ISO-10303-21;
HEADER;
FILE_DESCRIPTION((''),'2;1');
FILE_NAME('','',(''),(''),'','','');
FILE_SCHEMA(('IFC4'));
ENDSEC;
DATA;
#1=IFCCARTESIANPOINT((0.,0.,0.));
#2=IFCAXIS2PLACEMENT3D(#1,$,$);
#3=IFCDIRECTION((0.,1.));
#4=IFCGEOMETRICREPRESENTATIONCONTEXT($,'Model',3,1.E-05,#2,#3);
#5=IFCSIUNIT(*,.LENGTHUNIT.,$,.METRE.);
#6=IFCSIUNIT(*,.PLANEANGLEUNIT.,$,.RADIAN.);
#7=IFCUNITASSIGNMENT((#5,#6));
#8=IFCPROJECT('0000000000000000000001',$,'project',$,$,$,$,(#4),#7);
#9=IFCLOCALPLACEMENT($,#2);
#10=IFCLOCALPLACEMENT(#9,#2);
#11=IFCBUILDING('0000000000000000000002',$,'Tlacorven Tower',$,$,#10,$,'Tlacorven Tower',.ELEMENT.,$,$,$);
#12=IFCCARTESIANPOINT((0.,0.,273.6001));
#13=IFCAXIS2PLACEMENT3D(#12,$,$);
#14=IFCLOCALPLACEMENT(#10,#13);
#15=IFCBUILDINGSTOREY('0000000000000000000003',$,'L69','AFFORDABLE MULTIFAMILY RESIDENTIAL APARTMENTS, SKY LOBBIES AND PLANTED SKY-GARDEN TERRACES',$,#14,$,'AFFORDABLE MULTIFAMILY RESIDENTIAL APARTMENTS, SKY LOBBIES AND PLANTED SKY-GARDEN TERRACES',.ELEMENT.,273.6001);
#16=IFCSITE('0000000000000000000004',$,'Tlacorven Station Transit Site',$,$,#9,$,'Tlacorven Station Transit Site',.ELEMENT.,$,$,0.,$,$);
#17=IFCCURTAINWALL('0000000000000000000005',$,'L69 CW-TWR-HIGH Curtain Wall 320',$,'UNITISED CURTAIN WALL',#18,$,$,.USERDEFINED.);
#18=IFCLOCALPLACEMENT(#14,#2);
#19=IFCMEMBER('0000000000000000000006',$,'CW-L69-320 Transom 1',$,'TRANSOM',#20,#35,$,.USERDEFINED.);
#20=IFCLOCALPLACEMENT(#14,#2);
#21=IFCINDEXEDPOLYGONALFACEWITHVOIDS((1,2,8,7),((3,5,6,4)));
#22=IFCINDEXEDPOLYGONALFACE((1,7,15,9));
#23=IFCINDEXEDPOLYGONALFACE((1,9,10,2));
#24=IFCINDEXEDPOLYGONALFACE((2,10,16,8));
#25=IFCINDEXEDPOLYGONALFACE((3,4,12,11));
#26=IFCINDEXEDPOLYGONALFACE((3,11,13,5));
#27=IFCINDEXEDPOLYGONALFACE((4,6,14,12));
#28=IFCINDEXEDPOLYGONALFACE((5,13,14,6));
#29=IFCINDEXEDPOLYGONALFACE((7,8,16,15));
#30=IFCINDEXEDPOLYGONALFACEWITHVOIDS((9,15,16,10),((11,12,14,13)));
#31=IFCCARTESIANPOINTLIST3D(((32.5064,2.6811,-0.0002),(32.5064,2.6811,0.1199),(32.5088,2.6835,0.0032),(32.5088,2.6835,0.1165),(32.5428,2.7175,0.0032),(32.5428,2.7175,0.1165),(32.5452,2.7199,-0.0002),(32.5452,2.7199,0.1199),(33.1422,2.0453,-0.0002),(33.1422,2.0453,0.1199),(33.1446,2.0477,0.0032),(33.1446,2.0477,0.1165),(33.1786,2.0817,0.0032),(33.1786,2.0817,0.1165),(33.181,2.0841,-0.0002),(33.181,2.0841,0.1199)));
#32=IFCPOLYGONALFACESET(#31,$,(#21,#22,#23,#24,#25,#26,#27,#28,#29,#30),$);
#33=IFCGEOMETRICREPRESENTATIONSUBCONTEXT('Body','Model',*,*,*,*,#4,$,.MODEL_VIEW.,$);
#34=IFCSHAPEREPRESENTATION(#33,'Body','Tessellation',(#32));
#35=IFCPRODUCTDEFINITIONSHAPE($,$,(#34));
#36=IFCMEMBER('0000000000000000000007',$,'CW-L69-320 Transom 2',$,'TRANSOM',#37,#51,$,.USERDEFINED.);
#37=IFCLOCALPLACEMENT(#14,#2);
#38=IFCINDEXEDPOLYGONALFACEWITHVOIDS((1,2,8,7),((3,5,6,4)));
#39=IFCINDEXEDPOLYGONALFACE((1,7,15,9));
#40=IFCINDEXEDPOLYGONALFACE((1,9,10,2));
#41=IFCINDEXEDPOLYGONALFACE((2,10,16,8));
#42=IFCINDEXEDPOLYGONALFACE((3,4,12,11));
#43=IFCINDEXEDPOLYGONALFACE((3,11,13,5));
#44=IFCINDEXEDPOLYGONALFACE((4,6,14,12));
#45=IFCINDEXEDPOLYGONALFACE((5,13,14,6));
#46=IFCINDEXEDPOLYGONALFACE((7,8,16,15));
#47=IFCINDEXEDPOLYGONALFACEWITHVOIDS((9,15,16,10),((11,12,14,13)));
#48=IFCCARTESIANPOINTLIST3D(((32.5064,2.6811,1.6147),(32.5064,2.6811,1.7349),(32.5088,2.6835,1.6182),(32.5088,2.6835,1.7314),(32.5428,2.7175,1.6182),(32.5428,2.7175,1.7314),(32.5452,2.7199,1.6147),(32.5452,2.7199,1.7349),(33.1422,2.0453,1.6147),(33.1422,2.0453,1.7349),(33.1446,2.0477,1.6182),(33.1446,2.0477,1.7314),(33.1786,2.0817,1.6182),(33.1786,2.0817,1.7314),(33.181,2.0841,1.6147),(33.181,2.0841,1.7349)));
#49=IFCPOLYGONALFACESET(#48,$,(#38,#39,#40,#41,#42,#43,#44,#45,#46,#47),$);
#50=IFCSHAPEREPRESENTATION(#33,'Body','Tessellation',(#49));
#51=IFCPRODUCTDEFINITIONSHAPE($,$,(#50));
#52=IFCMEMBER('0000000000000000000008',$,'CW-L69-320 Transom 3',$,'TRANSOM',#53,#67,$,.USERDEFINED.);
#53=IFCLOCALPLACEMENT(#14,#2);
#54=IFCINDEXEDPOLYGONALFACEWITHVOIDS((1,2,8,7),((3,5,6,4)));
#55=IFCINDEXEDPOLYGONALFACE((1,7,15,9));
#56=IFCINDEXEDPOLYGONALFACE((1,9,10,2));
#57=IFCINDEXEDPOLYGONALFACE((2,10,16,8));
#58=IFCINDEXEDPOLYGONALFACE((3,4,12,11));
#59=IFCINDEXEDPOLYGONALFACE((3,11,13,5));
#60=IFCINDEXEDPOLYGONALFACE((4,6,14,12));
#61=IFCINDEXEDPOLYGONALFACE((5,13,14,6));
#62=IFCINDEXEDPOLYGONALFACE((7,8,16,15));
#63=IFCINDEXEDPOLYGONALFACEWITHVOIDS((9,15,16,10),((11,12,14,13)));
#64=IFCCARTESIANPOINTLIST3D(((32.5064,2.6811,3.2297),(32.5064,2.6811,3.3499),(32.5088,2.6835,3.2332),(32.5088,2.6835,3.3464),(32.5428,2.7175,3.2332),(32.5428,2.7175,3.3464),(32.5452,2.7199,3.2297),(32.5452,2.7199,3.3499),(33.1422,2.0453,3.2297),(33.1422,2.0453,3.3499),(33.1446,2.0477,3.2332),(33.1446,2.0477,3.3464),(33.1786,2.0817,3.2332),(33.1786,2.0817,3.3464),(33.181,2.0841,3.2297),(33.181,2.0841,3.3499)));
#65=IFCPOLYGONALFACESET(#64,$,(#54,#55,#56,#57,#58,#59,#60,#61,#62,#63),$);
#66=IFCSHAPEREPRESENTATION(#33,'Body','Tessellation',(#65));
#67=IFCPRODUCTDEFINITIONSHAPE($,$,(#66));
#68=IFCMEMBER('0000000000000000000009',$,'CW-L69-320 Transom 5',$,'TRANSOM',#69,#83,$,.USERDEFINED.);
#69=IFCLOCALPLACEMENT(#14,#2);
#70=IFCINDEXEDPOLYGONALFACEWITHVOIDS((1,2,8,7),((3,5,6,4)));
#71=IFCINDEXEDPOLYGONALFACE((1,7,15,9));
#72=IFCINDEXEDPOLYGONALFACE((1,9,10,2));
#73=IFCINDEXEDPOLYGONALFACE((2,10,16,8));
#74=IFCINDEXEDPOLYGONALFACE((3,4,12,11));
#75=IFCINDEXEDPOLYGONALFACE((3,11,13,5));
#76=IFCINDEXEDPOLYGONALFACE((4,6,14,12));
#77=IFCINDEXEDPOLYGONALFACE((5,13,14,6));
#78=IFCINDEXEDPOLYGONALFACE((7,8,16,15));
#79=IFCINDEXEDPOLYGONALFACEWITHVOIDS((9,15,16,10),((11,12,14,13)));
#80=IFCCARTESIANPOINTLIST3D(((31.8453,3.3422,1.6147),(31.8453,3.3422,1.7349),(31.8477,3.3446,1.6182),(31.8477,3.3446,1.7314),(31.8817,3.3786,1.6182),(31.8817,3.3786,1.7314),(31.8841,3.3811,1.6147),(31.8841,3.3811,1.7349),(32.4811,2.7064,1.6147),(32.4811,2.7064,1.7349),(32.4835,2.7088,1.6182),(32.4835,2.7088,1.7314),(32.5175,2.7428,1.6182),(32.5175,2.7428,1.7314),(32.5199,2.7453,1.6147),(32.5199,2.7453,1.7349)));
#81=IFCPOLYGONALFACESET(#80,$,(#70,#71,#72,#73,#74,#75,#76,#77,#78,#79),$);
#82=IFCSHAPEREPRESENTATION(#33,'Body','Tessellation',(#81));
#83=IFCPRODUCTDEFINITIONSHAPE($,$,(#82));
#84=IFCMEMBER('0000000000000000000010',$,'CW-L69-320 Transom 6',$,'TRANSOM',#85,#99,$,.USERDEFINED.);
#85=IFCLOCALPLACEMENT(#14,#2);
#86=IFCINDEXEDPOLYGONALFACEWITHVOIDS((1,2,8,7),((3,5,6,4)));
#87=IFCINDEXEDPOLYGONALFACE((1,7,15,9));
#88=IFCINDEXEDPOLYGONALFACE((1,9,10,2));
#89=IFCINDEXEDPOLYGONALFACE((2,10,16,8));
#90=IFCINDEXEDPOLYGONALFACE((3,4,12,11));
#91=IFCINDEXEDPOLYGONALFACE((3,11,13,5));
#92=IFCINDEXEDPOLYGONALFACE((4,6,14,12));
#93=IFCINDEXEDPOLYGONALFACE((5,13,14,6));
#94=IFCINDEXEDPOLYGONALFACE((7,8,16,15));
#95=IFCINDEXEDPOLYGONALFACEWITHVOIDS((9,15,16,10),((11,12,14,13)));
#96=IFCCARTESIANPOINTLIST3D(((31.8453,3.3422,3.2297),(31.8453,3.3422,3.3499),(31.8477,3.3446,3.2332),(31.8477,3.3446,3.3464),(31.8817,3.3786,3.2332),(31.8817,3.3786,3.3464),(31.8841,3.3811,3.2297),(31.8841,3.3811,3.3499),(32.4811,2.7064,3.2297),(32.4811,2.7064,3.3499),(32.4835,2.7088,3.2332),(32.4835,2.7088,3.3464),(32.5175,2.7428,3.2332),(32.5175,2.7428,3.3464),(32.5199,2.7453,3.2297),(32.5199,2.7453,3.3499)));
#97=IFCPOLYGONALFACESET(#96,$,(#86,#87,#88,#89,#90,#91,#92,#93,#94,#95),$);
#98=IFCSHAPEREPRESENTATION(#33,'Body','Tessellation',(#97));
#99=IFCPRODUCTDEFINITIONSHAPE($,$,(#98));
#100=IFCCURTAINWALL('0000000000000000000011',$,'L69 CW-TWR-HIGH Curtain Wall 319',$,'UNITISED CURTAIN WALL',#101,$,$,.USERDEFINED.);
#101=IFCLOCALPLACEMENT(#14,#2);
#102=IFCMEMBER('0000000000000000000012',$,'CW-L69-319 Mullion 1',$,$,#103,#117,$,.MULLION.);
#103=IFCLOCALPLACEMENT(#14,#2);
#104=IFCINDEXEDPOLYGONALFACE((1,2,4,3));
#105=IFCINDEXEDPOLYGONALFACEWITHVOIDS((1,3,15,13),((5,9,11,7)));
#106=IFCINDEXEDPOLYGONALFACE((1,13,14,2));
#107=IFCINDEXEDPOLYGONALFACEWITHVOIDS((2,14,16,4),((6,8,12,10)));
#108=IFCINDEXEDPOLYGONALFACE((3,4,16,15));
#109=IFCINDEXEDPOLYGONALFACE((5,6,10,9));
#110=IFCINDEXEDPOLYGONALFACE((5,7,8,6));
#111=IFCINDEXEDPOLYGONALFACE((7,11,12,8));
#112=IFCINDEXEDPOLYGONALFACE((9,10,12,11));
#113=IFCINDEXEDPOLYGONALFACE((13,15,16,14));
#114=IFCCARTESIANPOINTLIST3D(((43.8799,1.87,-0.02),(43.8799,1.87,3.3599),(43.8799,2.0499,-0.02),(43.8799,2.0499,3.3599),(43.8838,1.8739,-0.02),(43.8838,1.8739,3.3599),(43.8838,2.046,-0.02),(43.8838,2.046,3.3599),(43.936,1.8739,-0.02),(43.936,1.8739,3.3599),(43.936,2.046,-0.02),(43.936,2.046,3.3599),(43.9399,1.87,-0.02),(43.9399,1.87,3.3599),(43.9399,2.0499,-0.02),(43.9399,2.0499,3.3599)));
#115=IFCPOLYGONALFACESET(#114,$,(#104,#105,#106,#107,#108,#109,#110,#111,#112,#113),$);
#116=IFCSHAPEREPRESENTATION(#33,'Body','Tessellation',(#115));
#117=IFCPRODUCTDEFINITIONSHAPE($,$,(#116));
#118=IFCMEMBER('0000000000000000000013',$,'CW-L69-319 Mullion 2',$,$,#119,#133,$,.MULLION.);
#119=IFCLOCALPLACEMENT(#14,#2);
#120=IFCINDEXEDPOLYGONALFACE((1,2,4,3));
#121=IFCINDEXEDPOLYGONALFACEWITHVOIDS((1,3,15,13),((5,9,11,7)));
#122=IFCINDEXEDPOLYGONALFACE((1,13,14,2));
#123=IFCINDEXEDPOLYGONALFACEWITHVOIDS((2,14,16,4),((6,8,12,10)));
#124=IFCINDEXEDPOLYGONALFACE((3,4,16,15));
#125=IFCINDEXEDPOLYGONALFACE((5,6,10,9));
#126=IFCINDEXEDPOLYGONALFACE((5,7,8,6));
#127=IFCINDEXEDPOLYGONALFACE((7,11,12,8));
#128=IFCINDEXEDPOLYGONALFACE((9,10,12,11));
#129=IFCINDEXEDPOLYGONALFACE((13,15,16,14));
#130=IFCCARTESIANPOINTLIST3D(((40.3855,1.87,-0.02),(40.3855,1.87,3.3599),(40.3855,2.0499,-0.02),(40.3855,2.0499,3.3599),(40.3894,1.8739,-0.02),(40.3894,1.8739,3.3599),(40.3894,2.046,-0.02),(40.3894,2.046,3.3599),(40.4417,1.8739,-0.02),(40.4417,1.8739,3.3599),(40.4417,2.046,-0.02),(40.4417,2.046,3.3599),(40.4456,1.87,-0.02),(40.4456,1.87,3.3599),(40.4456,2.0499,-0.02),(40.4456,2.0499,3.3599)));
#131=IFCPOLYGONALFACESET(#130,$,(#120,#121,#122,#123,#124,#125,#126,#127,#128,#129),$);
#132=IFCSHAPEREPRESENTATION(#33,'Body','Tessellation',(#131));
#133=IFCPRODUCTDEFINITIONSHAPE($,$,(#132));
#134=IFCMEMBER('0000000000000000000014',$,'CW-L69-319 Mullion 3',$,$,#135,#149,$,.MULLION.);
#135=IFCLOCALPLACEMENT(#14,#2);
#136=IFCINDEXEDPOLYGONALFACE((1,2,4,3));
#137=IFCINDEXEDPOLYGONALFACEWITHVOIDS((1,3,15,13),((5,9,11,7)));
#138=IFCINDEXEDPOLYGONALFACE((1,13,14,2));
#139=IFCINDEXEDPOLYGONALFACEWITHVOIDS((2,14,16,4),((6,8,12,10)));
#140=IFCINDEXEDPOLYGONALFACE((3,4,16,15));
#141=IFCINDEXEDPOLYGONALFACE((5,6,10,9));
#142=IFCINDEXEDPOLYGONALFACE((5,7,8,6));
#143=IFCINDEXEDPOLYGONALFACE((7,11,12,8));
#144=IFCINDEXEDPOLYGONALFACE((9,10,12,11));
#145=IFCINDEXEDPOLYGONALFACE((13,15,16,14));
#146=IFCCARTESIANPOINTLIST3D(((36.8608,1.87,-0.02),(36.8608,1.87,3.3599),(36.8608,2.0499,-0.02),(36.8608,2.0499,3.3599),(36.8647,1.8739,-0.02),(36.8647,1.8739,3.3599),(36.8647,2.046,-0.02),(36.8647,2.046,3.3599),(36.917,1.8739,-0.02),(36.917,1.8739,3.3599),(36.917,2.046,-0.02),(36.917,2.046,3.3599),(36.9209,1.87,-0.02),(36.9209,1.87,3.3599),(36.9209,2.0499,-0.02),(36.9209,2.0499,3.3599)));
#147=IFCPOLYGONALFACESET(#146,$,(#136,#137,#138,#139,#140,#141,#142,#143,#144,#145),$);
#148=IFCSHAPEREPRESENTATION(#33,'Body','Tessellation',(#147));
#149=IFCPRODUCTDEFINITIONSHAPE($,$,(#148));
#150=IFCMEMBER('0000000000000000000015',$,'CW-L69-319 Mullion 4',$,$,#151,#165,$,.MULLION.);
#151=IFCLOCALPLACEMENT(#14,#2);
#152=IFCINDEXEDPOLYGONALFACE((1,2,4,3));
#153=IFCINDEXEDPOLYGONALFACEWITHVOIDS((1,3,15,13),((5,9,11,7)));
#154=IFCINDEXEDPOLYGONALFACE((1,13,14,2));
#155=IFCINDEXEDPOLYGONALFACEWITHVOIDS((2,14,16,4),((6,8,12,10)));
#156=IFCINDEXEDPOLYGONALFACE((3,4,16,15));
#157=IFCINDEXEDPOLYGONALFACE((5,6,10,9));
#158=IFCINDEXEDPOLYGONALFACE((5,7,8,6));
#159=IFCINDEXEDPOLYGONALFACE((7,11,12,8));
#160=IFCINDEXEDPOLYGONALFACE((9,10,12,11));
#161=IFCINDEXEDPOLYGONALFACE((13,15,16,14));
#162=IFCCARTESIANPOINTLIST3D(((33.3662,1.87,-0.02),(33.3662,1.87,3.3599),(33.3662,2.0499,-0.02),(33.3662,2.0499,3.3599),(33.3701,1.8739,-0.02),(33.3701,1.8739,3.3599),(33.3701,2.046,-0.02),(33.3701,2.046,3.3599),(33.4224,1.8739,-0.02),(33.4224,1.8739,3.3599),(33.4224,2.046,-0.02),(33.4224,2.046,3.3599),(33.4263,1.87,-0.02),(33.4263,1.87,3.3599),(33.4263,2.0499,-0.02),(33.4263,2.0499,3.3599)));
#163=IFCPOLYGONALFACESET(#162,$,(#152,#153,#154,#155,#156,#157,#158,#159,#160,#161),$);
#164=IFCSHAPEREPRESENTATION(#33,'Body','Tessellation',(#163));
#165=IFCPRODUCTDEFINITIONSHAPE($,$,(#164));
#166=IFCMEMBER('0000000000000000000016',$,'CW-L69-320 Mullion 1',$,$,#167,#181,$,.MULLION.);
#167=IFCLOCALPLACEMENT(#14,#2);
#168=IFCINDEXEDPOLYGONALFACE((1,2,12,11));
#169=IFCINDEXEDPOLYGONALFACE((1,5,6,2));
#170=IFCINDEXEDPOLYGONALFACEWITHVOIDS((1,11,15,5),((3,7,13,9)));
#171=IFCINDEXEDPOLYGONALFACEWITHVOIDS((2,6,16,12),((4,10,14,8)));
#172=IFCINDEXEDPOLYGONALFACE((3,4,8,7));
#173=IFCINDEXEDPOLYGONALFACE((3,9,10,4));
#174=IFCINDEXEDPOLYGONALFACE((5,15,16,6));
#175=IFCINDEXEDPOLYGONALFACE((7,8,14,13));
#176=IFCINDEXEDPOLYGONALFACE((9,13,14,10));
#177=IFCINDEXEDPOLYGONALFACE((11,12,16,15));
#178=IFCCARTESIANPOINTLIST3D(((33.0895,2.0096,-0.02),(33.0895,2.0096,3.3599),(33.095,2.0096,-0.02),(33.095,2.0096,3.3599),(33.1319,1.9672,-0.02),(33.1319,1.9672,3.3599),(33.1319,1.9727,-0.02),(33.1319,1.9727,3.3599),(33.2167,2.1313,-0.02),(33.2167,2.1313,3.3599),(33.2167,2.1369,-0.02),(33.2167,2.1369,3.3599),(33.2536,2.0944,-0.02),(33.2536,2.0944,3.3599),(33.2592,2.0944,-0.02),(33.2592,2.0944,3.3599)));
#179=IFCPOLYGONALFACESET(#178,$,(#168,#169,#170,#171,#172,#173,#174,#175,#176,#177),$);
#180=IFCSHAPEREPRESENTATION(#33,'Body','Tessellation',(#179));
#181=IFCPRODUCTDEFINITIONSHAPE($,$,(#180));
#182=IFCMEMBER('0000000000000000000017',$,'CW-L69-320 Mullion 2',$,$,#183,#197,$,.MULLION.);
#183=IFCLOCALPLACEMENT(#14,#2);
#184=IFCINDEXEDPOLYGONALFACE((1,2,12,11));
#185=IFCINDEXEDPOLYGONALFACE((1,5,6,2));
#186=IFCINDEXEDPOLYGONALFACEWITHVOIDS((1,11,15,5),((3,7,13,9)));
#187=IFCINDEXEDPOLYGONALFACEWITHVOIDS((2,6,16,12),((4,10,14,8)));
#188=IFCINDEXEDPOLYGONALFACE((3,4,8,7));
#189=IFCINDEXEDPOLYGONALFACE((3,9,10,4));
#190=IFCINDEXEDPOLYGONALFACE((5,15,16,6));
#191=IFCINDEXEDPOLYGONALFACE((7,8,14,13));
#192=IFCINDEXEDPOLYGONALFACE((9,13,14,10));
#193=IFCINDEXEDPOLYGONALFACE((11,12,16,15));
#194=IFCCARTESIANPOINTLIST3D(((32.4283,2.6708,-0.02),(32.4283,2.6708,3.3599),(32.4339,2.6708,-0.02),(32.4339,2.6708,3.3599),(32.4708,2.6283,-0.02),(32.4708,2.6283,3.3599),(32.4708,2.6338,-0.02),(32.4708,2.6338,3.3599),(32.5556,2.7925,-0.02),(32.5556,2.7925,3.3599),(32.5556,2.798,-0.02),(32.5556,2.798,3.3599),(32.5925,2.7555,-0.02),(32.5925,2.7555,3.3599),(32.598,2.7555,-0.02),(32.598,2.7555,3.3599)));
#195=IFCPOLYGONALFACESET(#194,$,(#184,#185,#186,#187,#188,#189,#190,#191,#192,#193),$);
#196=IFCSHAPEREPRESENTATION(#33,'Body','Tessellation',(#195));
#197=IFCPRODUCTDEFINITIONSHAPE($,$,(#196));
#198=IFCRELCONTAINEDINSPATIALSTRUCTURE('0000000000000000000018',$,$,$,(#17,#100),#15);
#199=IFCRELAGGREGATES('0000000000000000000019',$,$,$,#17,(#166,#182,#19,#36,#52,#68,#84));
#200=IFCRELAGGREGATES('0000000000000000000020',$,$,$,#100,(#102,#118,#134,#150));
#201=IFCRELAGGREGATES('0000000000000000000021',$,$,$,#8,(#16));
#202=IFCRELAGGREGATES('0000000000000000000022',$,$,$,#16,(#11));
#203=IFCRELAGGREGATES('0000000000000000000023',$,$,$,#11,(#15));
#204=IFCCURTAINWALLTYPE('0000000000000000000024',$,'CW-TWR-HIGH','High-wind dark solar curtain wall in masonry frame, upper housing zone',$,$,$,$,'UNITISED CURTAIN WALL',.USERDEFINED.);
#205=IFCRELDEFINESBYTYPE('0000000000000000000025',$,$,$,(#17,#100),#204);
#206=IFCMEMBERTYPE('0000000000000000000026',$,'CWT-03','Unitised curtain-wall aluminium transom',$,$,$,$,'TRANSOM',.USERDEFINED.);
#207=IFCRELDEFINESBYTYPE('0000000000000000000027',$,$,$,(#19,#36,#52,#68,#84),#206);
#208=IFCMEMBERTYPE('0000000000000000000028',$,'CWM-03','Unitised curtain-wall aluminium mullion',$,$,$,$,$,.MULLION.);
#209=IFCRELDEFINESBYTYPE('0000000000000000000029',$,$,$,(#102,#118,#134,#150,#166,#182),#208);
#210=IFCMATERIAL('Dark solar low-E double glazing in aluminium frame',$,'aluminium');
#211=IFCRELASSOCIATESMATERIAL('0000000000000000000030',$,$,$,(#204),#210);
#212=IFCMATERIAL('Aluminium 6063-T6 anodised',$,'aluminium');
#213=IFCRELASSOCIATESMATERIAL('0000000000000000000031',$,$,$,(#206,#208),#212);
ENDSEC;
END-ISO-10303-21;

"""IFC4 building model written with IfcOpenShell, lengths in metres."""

from ifc_helpers import new_model, si_unit, direction, frame, origin, origin_2d, place, context, subcontext, project, spatial, hollow_rectangle, extrude, source, transform, mapped, material, material_profile, profile_set, type_object, element, aggregate, save


model = new_model("IFC4")

# Units and contexts
model_context = context("Model", 3, precision=1e-05, world=origin(), true_north=direction((0.0, 1.0)))
body_context = subcontext(model_context, "Body", "Model", "MODEL_VIEW")
ifc_project = project(units=[si_unit("LENGTHUNIT", "METRE"), si_unit("PLANEANGLEUNIT", "RADIAN")], contexts=[model_context])

# Site, building, storey
site_placement = place(None, origin())
site = spatial("IfcSite", under=ifc_project, at=site_placement, Name="Tlacorven Station Transit Site", LongName="Tlacorven Station Transit Site", CompositionType="ELEMENT", RefElevation=0.0)
building_placement = place(site_placement, origin())
building = spatial("IfcBuilding", under=site, at=building_placement, Name="Tlacorven Tower", LongName="Tlacorven Tower", CompositionType="ELEMENT")
storey_placement = place(building_placement, frame((0.0, 0.0, 273.6001)))
storey = spatial("IfcBuildingStorey", under=building, at=storey_placement, Name="L69", Description="AFFORDABLE MULTIFAMILY RESIDENTIAL APARTMENTS, SKY LOBBIES AND PLANTED SKY-GARDEN TERRACES", LongName="AFFORDABLE MULTIFAMILY RESIDENTIAL APARTMENTS, SKY LOBBIES AND PLANTED SKY-GARDEN TERRACES", CompositionType="ELEMENT", Elevation=273.6001)

# Curtain walls, members
ifc_material_1 = material(Name="Dark solar low-E double glazing in aluminium frame", Category="aluminium")
curtain_wall_type = type_object("IfcCurtainWallType", Name="CW-TWR-HIGH", Description="High-wind dark solar curtain wall in masonry frame, upper housing zone", ElementType="UNITISED CURTAIN WALL", PredefinedType="USERDEFINED", material=ifc_material_1)
curtain_wall_1_placement = place(storey_placement, origin())
curtain_wall_1 = element("IfcCurtainWall", 1, at=curtain_wall_1_placement, inside=storey, type_object=curtain_wall_type, Name="L69 CW-TWR-HIGH Curtain Wall 320", ObjectType="UNITISED CURTAIN WALL", PredefinedType="USERDEFINED")
ifc_material_2 = material(Name="Aluminium 6063-T6 anodised", Category="aluminium")
ifc_material_profile_1 = material_profile(ifc_material_2, hollow_rectangle(XDim=0.0549, YDim=0.1201, WallThickness=0.0034, at=origin_2d()), Name="ALU TRANSOM 55X120")
ifc_profile_set_1 = profile_set([ifc_material_profile_1], Name="Aluminium 6063-T6 anodised")
member_type_1 = type_object("IfcMemberType", Name="CWT-03", Description="Unitised curtain-wall aluminium transom", ElementType="TRANSOM", PredefinedType="USERDEFINED", material=ifc_profile_set_1)
shared_shape_1 = source(origin(), body_context, "Body", "SweptSolid", [
    extrude(hollow_rectangle(XDim=0.0549, YDim=0.1201, WallThickness=0.0034, at=origin_2d()), origin(), (0.0, 0.0, 1.0), 0.8992),
])
member_1_placement = place(storey_placement, frame((33.1616, 2.0647, 0.0598), z_axis=(-0.707107, 0.707107, 0.0), x_axis=(-0.707107, -0.707107, 0.0)))
member_1 = element("IfcMember", 2, at=member_1_placement, type_object=member_type_1, Name="CW-L69-320 Transom 1", ObjectType="TRANSOM", PredefinedType="USERDEFINED", context=body_context, shape_type="MappedRepresentation", body=[
    mapped(shared_shape_1, transform((0.0, 0.0, 0.0), scale=1.0)),
])
member_2_placement = place(storey_placement, frame((33.1616, 2.0647, 1.6748), z_axis=(-0.707107, 0.707107, 0.0), x_axis=(-0.707107, -0.707107, 0.0)))
member_2 = element("IfcMember", 3, at=member_2_placement, type_object=member_type_1, Name="CW-L69-320 Transom 2", ObjectType="TRANSOM", PredefinedType="USERDEFINED", context=body_context, shape_type="MappedRepresentation", body=[
    mapped(shared_shape_1, transform((0.0, 0.0, 0.0), scale=1.0)),
])
member_3_placement = place(storey_placement, frame((33.1616, 2.0647, 3.2898), z_axis=(-0.707107, 0.707107, 0.0), x_axis=(-0.707107, -0.707107, 0.0)))
member_3 = element("IfcMember", 4, at=member_3_placement, type_object=member_type_1, Name="CW-L69-320 Transom 3", ObjectType="TRANSOM", PredefinedType="USERDEFINED", context=body_context, shape_type="MappedRepresentation", body=[
    mapped(shared_shape_1, transform((0.0, 0.0, 0.0), scale=1.0)),
])
member_4_placement = place(storey_placement, frame((32.5005, 2.7258, 1.6748), z_axis=(-0.707107, 0.707107, 0.0), x_axis=(-0.707107, -0.707107, 0.0)))
member_4 = element("IfcMember", 5, at=member_4_placement, type_object=member_type_1, Name="CW-L69-320 Transom 5", ObjectType="TRANSOM", PredefinedType="USERDEFINED", context=body_context, shape_type="MappedRepresentation", body=[
    mapped(shared_shape_1, transform((0.0, 0.0, 0.0), scale=1.0)),
])
member_5_placement = place(storey_placement, frame((32.5005, 2.7258, 3.2898), z_axis=(-0.707107, 0.707107, 0.0), x_axis=(-0.707107, -0.707107, 0.0)))
member_5 = element("IfcMember", 6, at=member_5_placement, type_object=member_type_1, Name="CW-L69-320 Transom 6", ObjectType="TRANSOM", PredefinedType="USERDEFINED", context=body_context, shape_type="MappedRepresentation", body=[
    mapped(shared_shape_1, transform((0.0, 0.0, 0.0), scale=1.0)),
])
curtain_wall_2_placement = place(storey_placement, origin())
curtain_wall_2 = element("IfcCurtainWall", 7, at=curtain_wall_2_placement, inside=storey, type_object=curtain_wall_type, Name="L69 CW-TWR-HIGH Curtain Wall 319", ObjectType="UNITISED CURTAIN WALL", PredefinedType="USERDEFINED")
ifc_material_profile_2 = material_profile(ifc_material_2, hollow_rectangle(XDim=0.0601, YDim=0.1799, WallThickness=0.0039, at=origin_2d()), Name="ALU MULLION 60X180")
ifc_profile_set_2 = profile_set([ifc_material_profile_2], Name="Aluminium 6063-T6 anodised")
member_type_2 = type_object("IfcMemberType", Name="CWM-03", Description="Unitised curtain-wall aluminium mullion", PredefinedType="MULLION", material=ifc_profile_set_2)
shared_shape_2 = source(origin(), body_context, "Body", "SweptSolid", [
    extrude(hollow_rectangle(XDim=0.0601, YDim=0.1799, WallThickness=0.0039, at=origin_2d()), origin(), (0.0, 0.0, 1.0), 3.3799),
])
member_6_placement = place(storey_placement, frame((43.9099, 1.96, -0.02), z_axis=(0.0, 0.0, 1.0), x_axis=(-1.0, 0.0, 0.0)))
member_6 = element("IfcMember", 8, at=member_6_placement, type_object=member_type_2, Name="CW-L69-319 Mullion 1", PredefinedType="MULLION", context=body_context, shape_type="MappedRepresentation", body=[
    mapped(shared_shape_2, transform((0.0, 0.0, 0.0), scale=1.0)),
])
member_7_placement = place(storey_placement, frame((40.4155, 1.96, -0.02), z_axis=(0.0, 0.0, 1.0), x_axis=(-1.0, 0.0, 0.0)))
member_7 = element("IfcMember", 9, at=member_7_placement, type_object=member_type_2, Name="CW-L69-319 Mullion 2", PredefinedType="MULLION", context=body_context, shape_type="MappedRepresentation", body=[
    mapped(shared_shape_2, transform((0.0, 0.0, 0.0), scale=1.0)),
])
member_8_placement = place(storey_placement, frame((36.8909, 1.96, -0.02), z_axis=(0.0, 0.0, 1.0), x_axis=(-1.0, 0.0, 0.0)))
member_8 = element("IfcMember", 10, at=member_8_placement, type_object=member_type_2, Name="CW-L69-319 Mullion 3", PredefinedType="MULLION", context=body_context, shape_type="MappedRepresentation", body=[
    mapped(shared_shape_2, transform((0.0, 0.0, 0.0), scale=1.0)),
])
member_9_placement = place(storey_placement, frame((33.3962, 1.96, -0.02), z_axis=(0.0, 0.0, 1.0), x_axis=(-1.0, 0.0, 0.0)))
member_9 = element("IfcMember", 11, at=member_9_placement, type_object=member_type_2, Name="CW-L69-319 Mullion 4", PredefinedType="MULLION", context=body_context, shape_type="MappedRepresentation", body=[
    mapped(shared_shape_2, transform((0.0, 0.0, 0.0), scale=1.0)),
])

# Members
member_10_placement = place(storey_placement, frame((33.1743, 2.052, -0.02), z_axis=(0.0, 0.0, 1.0), x_axis=(-0.707107, 0.707107, 0.0)))
member_10 = element("IfcMember", 12, at=member_10_placement, type_object=member_type_2, Name="CW-L69-320 Mullion 1", PredefinedType="MULLION", context=body_context, shape_type="MappedRepresentation", body=[
    mapped(shared_shape_2, transform((0.0, 0.0, 0.0), scale=1.0)),
])
member_11_placement = place(storey_placement, frame((32.5132, 2.7131, -0.02), z_axis=(0.0, 0.0, 1.0), x_axis=(-0.707107, 0.707107, 0.0)))
member_11 = element("IfcMember", 13, at=member_11_placement, type_object=member_type_2, Name="CW-L69-320 Mullion 2", PredefinedType="MULLION", context=body_context, shape_type="MappedRepresentation", body=[
    mapped(shared_shape_2, transform((0.0, 0.0, 0.0), scale=1.0)),
])

aggregate(curtain_wall_1, [member_10, member_11, member_1, member_2, member_3, member_4, member_5])
aggregate(curtain_wall_2, [member_6, member_7, member_8, member_9])

save(model, "model.ifc")
